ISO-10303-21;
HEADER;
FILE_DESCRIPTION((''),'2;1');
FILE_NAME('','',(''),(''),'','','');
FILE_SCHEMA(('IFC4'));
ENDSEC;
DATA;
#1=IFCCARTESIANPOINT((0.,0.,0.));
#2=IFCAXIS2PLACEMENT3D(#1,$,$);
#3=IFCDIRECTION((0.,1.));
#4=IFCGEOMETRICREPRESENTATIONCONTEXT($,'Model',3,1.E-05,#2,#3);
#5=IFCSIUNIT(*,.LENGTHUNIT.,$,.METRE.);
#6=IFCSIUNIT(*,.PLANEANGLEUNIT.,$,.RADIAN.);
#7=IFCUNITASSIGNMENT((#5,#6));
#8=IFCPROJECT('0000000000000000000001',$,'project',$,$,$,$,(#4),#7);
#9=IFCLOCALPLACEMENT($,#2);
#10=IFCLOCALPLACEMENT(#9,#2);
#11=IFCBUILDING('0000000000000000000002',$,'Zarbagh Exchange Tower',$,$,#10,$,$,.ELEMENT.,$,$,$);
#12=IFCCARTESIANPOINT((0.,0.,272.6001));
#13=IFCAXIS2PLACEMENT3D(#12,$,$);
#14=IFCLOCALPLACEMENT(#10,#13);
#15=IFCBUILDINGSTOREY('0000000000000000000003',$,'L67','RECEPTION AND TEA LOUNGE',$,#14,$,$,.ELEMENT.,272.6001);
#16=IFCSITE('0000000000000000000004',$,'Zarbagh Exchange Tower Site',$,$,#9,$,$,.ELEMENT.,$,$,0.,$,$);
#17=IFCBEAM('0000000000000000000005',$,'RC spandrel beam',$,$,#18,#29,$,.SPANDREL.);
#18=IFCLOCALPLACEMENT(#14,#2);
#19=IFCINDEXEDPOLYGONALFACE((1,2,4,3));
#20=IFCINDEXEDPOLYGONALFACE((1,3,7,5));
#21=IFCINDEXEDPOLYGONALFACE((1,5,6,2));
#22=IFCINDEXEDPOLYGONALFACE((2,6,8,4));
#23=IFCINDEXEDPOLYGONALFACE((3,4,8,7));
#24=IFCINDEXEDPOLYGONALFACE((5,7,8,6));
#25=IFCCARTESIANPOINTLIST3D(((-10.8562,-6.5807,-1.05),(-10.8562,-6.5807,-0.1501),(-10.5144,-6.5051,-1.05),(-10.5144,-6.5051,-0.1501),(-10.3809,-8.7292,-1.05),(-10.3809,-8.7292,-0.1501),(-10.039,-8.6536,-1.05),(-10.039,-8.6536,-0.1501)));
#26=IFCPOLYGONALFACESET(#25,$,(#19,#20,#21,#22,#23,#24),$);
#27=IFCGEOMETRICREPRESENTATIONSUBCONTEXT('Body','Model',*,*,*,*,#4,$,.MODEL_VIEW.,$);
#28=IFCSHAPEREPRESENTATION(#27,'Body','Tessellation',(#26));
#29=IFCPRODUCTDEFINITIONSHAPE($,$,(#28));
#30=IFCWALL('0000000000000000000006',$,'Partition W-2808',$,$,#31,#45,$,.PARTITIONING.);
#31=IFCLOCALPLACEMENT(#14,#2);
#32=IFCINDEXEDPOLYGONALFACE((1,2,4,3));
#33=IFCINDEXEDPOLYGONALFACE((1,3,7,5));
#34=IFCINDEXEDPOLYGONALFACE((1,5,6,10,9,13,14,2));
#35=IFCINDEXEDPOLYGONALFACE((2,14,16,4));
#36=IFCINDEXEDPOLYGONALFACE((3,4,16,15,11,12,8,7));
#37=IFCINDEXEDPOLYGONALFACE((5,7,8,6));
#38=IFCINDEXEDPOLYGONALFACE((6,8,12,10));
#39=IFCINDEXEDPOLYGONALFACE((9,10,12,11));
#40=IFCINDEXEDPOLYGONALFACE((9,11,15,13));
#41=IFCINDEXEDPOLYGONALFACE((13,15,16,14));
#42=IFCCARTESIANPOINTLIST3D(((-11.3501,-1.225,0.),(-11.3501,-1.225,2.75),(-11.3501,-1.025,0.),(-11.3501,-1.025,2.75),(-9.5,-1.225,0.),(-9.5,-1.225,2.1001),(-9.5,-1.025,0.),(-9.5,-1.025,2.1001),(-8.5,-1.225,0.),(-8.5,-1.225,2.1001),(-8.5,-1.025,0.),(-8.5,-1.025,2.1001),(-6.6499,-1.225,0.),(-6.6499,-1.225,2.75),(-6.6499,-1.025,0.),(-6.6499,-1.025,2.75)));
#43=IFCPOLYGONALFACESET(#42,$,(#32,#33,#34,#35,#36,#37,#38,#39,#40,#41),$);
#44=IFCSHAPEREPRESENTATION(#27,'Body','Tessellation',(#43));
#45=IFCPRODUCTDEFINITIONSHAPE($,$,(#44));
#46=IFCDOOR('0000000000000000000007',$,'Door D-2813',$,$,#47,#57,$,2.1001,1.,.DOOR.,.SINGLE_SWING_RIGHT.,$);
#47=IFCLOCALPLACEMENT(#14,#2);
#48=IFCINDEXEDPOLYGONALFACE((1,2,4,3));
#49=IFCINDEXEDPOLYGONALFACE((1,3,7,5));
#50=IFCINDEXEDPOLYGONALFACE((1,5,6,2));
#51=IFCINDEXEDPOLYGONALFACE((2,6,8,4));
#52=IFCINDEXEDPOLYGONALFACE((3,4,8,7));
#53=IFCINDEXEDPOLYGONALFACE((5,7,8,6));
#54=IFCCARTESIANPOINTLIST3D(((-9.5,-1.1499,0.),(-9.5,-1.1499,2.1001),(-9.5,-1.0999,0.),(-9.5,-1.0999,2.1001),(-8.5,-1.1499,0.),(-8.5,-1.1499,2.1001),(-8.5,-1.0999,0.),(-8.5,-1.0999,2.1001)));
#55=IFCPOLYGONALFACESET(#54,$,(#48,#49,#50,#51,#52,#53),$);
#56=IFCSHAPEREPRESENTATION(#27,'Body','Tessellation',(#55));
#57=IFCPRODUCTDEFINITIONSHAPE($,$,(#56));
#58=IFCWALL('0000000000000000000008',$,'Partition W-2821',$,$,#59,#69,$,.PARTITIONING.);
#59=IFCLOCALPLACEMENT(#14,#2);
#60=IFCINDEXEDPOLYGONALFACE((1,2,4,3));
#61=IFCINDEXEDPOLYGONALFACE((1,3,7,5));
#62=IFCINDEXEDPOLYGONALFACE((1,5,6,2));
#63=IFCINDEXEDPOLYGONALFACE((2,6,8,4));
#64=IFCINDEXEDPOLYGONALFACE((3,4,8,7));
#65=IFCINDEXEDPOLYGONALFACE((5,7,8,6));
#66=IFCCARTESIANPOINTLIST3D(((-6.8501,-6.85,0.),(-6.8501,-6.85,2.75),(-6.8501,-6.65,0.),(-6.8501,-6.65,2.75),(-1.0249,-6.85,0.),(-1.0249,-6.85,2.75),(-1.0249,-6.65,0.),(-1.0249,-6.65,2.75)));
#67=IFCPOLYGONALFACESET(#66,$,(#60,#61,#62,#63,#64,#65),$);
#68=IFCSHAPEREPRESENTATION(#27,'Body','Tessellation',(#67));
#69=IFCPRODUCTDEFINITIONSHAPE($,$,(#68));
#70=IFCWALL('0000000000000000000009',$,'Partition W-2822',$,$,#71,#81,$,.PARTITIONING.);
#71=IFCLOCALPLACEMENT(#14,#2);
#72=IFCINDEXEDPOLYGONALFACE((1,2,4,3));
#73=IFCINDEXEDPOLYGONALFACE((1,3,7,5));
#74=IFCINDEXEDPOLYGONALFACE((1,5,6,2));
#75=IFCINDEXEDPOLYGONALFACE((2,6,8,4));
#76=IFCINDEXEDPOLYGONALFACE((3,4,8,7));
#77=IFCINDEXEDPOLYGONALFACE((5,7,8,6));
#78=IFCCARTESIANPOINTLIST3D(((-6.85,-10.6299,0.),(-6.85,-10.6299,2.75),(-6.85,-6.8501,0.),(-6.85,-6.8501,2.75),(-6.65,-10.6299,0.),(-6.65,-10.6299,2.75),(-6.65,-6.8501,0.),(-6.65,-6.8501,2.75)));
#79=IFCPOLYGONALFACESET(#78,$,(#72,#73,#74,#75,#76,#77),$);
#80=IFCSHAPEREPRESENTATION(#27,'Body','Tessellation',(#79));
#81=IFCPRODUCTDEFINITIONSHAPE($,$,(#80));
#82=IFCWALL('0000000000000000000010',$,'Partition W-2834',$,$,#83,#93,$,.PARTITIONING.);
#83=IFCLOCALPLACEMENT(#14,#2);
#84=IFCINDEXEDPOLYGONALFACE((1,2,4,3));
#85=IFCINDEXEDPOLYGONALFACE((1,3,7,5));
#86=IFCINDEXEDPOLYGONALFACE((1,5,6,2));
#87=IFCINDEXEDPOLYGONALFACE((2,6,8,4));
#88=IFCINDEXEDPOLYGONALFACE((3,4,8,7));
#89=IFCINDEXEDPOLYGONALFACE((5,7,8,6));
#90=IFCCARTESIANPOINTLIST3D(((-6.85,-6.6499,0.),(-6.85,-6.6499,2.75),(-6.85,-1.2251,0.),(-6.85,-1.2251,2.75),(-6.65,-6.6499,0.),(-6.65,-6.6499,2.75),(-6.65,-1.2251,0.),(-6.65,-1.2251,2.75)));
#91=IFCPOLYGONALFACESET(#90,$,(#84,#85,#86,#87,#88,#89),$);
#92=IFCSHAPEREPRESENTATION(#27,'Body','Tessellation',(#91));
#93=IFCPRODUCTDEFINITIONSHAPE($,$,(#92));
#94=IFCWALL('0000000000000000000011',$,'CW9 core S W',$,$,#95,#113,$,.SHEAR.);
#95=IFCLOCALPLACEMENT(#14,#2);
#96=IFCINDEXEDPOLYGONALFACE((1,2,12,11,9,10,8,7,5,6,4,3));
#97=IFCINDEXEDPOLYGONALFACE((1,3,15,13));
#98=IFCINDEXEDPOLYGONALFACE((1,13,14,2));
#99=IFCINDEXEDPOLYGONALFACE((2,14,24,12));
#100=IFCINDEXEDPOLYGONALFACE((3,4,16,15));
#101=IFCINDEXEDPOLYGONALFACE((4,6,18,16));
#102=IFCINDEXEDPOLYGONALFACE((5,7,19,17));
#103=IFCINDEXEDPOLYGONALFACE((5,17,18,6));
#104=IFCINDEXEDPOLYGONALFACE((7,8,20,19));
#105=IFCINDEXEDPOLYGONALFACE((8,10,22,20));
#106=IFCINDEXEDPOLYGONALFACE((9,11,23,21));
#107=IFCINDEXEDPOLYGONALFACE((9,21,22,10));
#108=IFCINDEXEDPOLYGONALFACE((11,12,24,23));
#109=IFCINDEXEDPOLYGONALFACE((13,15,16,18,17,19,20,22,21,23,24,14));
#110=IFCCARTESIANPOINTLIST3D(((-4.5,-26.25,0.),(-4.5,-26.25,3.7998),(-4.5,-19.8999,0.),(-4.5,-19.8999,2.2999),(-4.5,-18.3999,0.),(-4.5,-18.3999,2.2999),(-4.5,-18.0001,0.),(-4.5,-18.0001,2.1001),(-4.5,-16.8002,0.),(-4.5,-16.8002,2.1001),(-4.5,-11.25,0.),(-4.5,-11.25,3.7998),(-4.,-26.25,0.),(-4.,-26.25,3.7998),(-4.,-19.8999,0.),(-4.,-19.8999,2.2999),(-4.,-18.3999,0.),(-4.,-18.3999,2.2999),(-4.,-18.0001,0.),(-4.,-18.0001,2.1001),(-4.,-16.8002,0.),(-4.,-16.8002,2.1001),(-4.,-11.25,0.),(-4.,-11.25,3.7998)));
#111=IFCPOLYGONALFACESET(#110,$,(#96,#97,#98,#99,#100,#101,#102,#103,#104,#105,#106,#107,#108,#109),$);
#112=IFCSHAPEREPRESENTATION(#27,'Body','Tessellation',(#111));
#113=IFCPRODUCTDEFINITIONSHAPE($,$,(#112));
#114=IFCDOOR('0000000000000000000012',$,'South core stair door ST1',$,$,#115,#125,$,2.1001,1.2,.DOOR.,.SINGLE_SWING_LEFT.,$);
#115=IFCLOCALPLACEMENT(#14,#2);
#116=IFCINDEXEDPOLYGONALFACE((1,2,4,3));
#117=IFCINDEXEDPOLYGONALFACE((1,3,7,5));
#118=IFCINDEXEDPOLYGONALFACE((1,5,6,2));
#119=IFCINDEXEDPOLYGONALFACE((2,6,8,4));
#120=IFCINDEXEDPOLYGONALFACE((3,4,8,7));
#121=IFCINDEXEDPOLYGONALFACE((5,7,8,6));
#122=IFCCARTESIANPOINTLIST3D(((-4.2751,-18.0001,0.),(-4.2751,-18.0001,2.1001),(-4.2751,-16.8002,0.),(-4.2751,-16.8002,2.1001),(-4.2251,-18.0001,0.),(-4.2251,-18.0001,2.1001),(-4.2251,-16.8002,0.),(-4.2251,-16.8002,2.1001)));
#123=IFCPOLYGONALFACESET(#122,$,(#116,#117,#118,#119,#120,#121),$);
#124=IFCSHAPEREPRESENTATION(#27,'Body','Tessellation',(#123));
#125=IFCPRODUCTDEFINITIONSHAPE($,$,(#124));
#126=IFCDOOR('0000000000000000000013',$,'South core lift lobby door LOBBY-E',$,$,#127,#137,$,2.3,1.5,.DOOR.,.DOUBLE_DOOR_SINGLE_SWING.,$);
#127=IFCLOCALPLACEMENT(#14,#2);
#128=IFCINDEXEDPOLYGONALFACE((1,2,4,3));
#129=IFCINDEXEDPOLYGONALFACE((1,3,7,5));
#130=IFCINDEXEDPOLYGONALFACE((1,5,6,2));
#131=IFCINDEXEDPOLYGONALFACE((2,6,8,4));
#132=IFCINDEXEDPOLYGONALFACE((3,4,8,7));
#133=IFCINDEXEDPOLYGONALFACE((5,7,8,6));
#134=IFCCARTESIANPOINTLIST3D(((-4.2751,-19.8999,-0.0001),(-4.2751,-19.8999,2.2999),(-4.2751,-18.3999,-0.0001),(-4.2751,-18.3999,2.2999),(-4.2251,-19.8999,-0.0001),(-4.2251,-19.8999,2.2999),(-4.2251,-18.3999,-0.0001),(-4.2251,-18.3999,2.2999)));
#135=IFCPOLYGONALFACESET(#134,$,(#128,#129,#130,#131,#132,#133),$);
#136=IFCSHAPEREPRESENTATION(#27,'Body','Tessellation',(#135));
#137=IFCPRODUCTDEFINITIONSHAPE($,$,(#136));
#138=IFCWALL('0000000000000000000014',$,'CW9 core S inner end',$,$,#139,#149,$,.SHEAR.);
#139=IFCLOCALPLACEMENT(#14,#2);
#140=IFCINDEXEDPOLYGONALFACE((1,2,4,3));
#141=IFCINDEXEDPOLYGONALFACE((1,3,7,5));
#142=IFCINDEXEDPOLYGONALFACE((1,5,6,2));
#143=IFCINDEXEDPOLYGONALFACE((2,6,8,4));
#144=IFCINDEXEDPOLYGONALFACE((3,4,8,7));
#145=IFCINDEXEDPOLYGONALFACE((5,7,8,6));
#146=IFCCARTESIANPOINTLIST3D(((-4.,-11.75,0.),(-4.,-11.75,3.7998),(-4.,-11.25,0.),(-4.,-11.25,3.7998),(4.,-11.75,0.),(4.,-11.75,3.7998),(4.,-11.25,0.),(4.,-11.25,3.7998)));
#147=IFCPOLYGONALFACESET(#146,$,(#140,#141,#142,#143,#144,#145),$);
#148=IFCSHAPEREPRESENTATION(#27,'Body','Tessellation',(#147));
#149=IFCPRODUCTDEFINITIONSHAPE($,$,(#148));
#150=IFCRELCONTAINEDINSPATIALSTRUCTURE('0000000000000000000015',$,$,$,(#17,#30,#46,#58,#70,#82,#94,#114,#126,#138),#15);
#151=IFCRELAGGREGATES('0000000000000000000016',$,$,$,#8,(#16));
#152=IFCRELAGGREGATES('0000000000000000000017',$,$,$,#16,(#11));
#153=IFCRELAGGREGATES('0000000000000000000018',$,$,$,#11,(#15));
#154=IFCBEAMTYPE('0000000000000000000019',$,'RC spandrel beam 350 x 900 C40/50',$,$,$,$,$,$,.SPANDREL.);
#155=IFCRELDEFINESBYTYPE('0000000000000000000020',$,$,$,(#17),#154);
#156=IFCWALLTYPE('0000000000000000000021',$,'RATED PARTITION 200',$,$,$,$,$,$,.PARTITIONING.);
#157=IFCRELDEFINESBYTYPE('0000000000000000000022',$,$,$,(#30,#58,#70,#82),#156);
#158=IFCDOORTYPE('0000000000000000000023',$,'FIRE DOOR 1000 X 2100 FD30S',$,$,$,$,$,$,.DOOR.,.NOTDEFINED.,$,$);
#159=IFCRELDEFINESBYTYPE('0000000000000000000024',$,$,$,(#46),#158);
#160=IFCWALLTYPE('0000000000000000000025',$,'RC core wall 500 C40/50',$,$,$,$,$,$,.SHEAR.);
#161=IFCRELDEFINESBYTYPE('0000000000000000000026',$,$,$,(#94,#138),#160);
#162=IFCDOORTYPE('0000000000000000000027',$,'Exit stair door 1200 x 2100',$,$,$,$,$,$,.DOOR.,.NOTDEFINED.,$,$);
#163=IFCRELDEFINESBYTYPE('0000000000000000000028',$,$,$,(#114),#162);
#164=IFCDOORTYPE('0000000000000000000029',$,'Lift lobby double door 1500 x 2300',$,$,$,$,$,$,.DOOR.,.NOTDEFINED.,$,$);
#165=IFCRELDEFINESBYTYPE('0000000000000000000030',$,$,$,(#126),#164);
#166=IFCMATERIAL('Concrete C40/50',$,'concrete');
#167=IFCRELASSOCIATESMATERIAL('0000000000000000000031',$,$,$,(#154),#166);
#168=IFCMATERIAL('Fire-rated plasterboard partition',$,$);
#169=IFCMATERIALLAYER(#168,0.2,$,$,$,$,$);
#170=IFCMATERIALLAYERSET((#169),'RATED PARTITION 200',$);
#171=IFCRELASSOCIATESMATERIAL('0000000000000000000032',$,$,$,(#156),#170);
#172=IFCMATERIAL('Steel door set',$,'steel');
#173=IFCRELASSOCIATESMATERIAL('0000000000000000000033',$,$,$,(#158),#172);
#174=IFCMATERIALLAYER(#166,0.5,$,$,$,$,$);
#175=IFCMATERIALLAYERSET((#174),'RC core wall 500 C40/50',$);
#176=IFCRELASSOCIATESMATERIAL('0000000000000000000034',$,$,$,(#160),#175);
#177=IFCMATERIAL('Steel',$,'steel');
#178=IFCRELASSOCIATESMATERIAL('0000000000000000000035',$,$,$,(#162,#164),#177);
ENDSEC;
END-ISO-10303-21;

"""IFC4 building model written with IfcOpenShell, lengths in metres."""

from ifc_helpers import new_model, si_unit, direction, frame, frame_2d, origin, origin_2d, place, context, subcontext, project, spatial, rectangle, extrude, material, layer, layer_set, material_profile, profile_set, type_object, element, fill, save


model = new_model("IFC4")

# Units and contexts
model_context = context("Model", 3, precision=1e-05, world=origin(), true_north=direction((0.0, 1.0)))
body_context = subcontext(model_context, "Body", "Model", "MODEL_VIEW")
ifc_project = project(units=[si_unit("LENGTHUNIT", "METRE"), si_unit("PLANEANGLEUNIT", "RADIAN")], contexts=[model_context])

# Site, building, storey
site_placement = place(None, origin())
site = spatial("IfcSite", under=ifc_project, at=site_placement, Name="Zarbagh Exchange Tower Site", CompositionType="ELEMENT", RefElevation=0.0)
building_placement = place(site_placement, origin())
building = spatial("IfcBuilding", under=site, at=building_placement, Name="Zarbagh Exchange Tower", CompositionType="ELEMENT")
storey_placement = place(building_placement, frame((0.0, 0.0, 272.6001)))
storey = spatial("IfcBuildingStorey", under=building, at=storey_placement, Name="L67", Description="RECEPTION AND TEA LOUNGE", CompositionType="ELEMENT", Elevation=272.6001)

# Shared definitions
ifc_material_1 = material(Name="Concrete C40/50", Category="concrete")

# Beam
ifc_material_profile_1 = material_profile(ifc_material_1, rectangle(XDim=0.3501, YDim=0.8999, at=origin_2d()), Name="RC spandrel beam 350 x 900 C40/50")
ifc_profile_set_1 = profile_set([ifc_material_profile_1], Name="Concrete C40/50")
beam_type_1 = type_object("IfcBeamType", Name="RC spandrel beam 350 x 900 C40/50", PredefinedType="SPANDREL", material=ifc_profile_set_1)
beam_1_placement = place(storey_placement, frame((-10.21, -8.6914, -0.6001), z_axis=(-0.216026, 0.976388, 0.0), x_axis=(-0.976388, -0.216026, 0.0)))
element("IfcBeam", 1, at=beam_1_placement, inside=storey, type_object=beam_type_1, Name="RC spandrel beam", PredefinedType="SPANDREL", context=body_context, shape_type="SweptSolid", body=[
    extrude(rectangle(XDim=0.3501, YDim=0.8999, at=origin_2d()), origin(), (0.0, 0.0, 1.0), 2.2004),
])

# Wall, opening, door
ifc_material_2 = material(Name="Fire-rated plasterboard partition")
ifc_layer_1 = layer(ifc_material_2, 0.2)
ifc_layer_set_1 = layer_set([ifc_layer_1], Name="RATED PARTITION 200")
wall_type_1 = type_object("IfcWallType", Name="RATED PARTITION 200", PredefinedType="PARTITIONING", material=ifc_layer_set_1)
wall_1_placement = place(storey_placement, frame((-6.6499, -1.125, 0.0), z_axis=(0.0, 0.0, 1.0), x_axis=(-1.0, 0.0, 0.0)))
wall_1 = element("IfcWall", 2, at=wall_1_placement, inside=storey, type_object=wall_type_1, Name="Partition W-2808", PredefinedType="PARTITIONING", context=body_context, shape_type="SweptSolid", body=[
    extrude(rectangle(XDim=4.7002, YDim=0.2, at=frame_2d((2.3501, 0.0))), origin(), (0.0, 0.0, 1.0), 2.75),
])
opening_1_placement = place(wall_1_placement, frame((1.8501, 0.0, 0.0)))
opening_1 = element("IfcOpeningElement", 3, at=opening_1_placement, cuts=wall_1, PredefinedType="OPENING", context=body_context, shape_type="SweptSolid", body=[
    extrude(rectangle(XDim=1.0, YDim=2.1001, at=frame_2d((0.5, 1.05))), frame((0.0, 0.1099, 0.0), z_axis=(0.0, -1.0, 0.0), x_axis=(1.0, 0.0, 0.0)), (0.0, 0.0, 1.0), 0.22),
])
ifc_material_3 = material(Name="Steel door set", Category="steel")
door_type_1 = type_object("IfcDoorType", Name="FIRE DOOR 1000 X 2100 FD30S", OperationType="NOTDEFINED", PredefinedType="DOOR", material=ifc_material_3)
door_1_placement = place(opening_1_placement, origin())
door_1 = element("IfcDoor", 4, at=door_1_placement, inside=storey, type_object=door_type_1, Name="Door D-2813", OperationType="SINGLE_SWING_RIGHT", OverallHeight=2.1001, OverallWidth=1.0, PredefinedType="DOOR", context=body_context, shape_type="SweptSolid", body=[
    extrude(rectangle(XDim=1.0, YDim=2.1001, at=frame_2d((0.5, 1.05))), frame((0.0, 0.0249, 0.0), z_axis=(0.0, -1.0, 0.0), x_axis=(1.0, 0.0, 0.0)), (0.0, 0.0, 1.0), 0.05),
])
fill(opening_1, door_1)

# Walls
wall_2_placement = place(storey_placement, frame((-6.8501, -6.75, 0.0), z_axis=(0.0, 0.0, 1.0), x_axis=(1.0, 0.0, 0.0)))
element("IfcWall", 5, at=wall_2_placement, inside=storey, type_object=wall_type_1, Name="Partition W-2821", PredefinedType="PARTITIONING", context=body_context, shape_type="SweptSolid", body=[
    extrude(rectangle(XDim=5.8252, YDim=0.2, at=frame_2d((2.9126, 0.0))), origin(), (0.0, 0.0, 1.0), 2.75),
])
wall_3_placement = place(storey_placement, frame((-6.75, -10.6299, 0.0), z_axis=(0.0, 0.0, 1.0), x_axis=(0.0, 1.0, 0.0)))
element("IfcWall", 6, at=wall_3_placement, inside=storey, type_object=wall_type_1, Name="Partition W-2822", PredefinedType="PARTITIONING", context=body_context, shape_type="SweptSolid", body=[
    extrude(rectangle(XDim=3.7798, YDim=0.2, at=frame_2d((1.8899, 0.0))), origin(), (0.0, 0.0, 1.0), 2.75),
])
wall_4_placement = place(storey_placement, frame((-6.75, -6.6499, 0.0), z_axis=(0.0, 0.0, 1.0), x_axis=(0.0, 1.0, 0.0)))
element("IfcWall", 7, at=wall_4_placement, inside=storey, type_object=wall_type_1, Name="Partition W-2834", PredefinedType="PARTITIONING", context=body_context, shape_type="SweptSolid", body=[
    extrude(rectangle(XDim=5.4248, YDim=0.2, at=frame_2d((2.7124, 0.0))), origin(), (0.0, 0.0, 1.0), 2.75),
])

# Wall, openings, doors
ifc_layer_2 = layer(ifc_material_1, 0.5)
ifc_layer_set_2 = layer_set([ifc_layer_2], Name="RC core wall 500 C40/50")
wall_type_2 = type_object("IfcWallType", Name="RC core wall 500 C40/50", PredefinedType="SHEAR", material=ifc_layer_set_2)
wall_5_placement = place(storey_placement, frame((-4.25, -11.25, 0.0), z_axis=(0.0, 0.0, 1.0), x_axis=(0.0, -1.0, 0.0)))
wall_5 = element("IfcWall", 8, at=wall_5_placement, inside=storey, type_object=wall_type_2, Name="CW9 core S W", PredefinedType="SHEAR", context=body_context, shape_type="SweptSolid", body=[
    extrude(rectangle(XDim=15.0, YDim=0.5, at=frame_2d((7.5, 0.0))), origin(), (0.0, 0.0, 1.0), 3.7998),
])
opening_2_placement = place(wall_5_placement, frame((7.1499, 0.0, 0.0)))
opening_2 = element("IfcOpeningElement", 9, at=opening_2_placement, cuts=wall_5, PredefinedType="OPENING", context=body_context, shape_type="SweptSolid", body=[
    extrude(rectangle(XDim=1.5, YDim=2.3, at=frame_2d((0.75, 1.1499))), frame((0.0, 0.26, 0.0), z_axis=(0.0, -1.0, 0.0), x_axis=(1.0, 0.0, 0.0)), (0.0, 0.0, 1.0), 0.52),
])
opening_3_placement = place(wall_5_placement, frame((5.55, 0.0, 0.0)))
opening_3 = element("IfcOpeningElement", 10, at=opening_3_placement, cuts=wall_5, PredefinedType="OPENING", context=body_context, shape_type="SweptSolid", body=[
    extrude(rectangle(XDim=1.2, YDim=2.1001, at=frame_2d((0.6001, 1.05))), frame((0.0, 0.26, 0.0), z_axis=(0.0, -1.0, 0.0), x_axis=(1.0, 0.0, 0.0)), (0.0, 0.0, 1.0), 0.52),
])
ifc_material_4 = material(Name="Steel", Category="steel")
door_type_2 = type_object("IfcDoorType", Name="Exit stair door 1200 x 2100", OperationType="NOTDEFINED", PredefinedType="DOOR", material=ifc_material_4)
door_2_placement = place(opening_3_placement, origin())
door_2 = element("IfcDoor", 11, at=door_2_placement, inside=storey, type_object=door_type_2, Name="South core stair door ST1", OperationType="SINGLE_SWING_LEFT", OverallHeight=2.1001, OverallWidth=1.2, PredefinedType="DOOR", context=body_context, shape_type="SweptSolid", body=[
    extrude(rectangle(XDim=1.2, YDim=2.1001, at=frame_2d((0.6001, 1.05))), frame((0.0, 0.0249, 0.0), z_axis=(0.0, -1.0, 0.0), x_axis=(1.0, 0.0, 0.0)), (0.0, 0.0, 1.0), 0.05),
])
fill(opening_3, door_2)
door_type_3 = type_object("IfcDoorType", Name="Lift lobby double door 1500 x 2300", OperationType="NOTDEFINED", PredefinedType="DOOR", material=ifc_material_4)
door_3_placement = place(opening_2_placement, origin())
door_3 = element("IfcDoor", 12, at=door_3_placement, inside=storey, type_object=door_type_3, Name="South core lift lobby door LOBBY-E", OperationType="DOUBLE_DOOR_SINGLE_SWING", OverallHeight=2.3, OverallWidth=1.5, PredefinedType="DOOR", context=body_context, shape_type="SweptSolid", body=[
    extrude(rectangle(XDim=1.5, YDim=2.3, at=frame_2d((0.75, 1.1499))), frame((0.0, 0.0249, 0.0), z_axis=(0.0, -1.0, 0.0), x_axis=(1.0, 0.0, 0.0)), (0.0, 0.0, 1.0), 0.05),
])
fill(opening_2, door_3)

# Wall
wall_6_placement = place(storey_placement, frame((-4.0, -11.5, 0.0), z_axis=(0.0, 0.0, 1.0), x_axis=(1.0, 0.0, 0.0)))
element("IfcWall", 13, at=wall_6_placement, inside=storey, type_object=wall_type_2, Name="CW9 core S inner end", PredefinedType="SHEAR", context=body_context, shape_type="SweptSolid", body=[
    extrude(rectangle(XDim=8.0, YDim=0.5, at=frame_2d((4.0, 0.0))), origin(), (0.0, 0.0, 1.0), 3.7998),
])

save(model, "model.ifc")
